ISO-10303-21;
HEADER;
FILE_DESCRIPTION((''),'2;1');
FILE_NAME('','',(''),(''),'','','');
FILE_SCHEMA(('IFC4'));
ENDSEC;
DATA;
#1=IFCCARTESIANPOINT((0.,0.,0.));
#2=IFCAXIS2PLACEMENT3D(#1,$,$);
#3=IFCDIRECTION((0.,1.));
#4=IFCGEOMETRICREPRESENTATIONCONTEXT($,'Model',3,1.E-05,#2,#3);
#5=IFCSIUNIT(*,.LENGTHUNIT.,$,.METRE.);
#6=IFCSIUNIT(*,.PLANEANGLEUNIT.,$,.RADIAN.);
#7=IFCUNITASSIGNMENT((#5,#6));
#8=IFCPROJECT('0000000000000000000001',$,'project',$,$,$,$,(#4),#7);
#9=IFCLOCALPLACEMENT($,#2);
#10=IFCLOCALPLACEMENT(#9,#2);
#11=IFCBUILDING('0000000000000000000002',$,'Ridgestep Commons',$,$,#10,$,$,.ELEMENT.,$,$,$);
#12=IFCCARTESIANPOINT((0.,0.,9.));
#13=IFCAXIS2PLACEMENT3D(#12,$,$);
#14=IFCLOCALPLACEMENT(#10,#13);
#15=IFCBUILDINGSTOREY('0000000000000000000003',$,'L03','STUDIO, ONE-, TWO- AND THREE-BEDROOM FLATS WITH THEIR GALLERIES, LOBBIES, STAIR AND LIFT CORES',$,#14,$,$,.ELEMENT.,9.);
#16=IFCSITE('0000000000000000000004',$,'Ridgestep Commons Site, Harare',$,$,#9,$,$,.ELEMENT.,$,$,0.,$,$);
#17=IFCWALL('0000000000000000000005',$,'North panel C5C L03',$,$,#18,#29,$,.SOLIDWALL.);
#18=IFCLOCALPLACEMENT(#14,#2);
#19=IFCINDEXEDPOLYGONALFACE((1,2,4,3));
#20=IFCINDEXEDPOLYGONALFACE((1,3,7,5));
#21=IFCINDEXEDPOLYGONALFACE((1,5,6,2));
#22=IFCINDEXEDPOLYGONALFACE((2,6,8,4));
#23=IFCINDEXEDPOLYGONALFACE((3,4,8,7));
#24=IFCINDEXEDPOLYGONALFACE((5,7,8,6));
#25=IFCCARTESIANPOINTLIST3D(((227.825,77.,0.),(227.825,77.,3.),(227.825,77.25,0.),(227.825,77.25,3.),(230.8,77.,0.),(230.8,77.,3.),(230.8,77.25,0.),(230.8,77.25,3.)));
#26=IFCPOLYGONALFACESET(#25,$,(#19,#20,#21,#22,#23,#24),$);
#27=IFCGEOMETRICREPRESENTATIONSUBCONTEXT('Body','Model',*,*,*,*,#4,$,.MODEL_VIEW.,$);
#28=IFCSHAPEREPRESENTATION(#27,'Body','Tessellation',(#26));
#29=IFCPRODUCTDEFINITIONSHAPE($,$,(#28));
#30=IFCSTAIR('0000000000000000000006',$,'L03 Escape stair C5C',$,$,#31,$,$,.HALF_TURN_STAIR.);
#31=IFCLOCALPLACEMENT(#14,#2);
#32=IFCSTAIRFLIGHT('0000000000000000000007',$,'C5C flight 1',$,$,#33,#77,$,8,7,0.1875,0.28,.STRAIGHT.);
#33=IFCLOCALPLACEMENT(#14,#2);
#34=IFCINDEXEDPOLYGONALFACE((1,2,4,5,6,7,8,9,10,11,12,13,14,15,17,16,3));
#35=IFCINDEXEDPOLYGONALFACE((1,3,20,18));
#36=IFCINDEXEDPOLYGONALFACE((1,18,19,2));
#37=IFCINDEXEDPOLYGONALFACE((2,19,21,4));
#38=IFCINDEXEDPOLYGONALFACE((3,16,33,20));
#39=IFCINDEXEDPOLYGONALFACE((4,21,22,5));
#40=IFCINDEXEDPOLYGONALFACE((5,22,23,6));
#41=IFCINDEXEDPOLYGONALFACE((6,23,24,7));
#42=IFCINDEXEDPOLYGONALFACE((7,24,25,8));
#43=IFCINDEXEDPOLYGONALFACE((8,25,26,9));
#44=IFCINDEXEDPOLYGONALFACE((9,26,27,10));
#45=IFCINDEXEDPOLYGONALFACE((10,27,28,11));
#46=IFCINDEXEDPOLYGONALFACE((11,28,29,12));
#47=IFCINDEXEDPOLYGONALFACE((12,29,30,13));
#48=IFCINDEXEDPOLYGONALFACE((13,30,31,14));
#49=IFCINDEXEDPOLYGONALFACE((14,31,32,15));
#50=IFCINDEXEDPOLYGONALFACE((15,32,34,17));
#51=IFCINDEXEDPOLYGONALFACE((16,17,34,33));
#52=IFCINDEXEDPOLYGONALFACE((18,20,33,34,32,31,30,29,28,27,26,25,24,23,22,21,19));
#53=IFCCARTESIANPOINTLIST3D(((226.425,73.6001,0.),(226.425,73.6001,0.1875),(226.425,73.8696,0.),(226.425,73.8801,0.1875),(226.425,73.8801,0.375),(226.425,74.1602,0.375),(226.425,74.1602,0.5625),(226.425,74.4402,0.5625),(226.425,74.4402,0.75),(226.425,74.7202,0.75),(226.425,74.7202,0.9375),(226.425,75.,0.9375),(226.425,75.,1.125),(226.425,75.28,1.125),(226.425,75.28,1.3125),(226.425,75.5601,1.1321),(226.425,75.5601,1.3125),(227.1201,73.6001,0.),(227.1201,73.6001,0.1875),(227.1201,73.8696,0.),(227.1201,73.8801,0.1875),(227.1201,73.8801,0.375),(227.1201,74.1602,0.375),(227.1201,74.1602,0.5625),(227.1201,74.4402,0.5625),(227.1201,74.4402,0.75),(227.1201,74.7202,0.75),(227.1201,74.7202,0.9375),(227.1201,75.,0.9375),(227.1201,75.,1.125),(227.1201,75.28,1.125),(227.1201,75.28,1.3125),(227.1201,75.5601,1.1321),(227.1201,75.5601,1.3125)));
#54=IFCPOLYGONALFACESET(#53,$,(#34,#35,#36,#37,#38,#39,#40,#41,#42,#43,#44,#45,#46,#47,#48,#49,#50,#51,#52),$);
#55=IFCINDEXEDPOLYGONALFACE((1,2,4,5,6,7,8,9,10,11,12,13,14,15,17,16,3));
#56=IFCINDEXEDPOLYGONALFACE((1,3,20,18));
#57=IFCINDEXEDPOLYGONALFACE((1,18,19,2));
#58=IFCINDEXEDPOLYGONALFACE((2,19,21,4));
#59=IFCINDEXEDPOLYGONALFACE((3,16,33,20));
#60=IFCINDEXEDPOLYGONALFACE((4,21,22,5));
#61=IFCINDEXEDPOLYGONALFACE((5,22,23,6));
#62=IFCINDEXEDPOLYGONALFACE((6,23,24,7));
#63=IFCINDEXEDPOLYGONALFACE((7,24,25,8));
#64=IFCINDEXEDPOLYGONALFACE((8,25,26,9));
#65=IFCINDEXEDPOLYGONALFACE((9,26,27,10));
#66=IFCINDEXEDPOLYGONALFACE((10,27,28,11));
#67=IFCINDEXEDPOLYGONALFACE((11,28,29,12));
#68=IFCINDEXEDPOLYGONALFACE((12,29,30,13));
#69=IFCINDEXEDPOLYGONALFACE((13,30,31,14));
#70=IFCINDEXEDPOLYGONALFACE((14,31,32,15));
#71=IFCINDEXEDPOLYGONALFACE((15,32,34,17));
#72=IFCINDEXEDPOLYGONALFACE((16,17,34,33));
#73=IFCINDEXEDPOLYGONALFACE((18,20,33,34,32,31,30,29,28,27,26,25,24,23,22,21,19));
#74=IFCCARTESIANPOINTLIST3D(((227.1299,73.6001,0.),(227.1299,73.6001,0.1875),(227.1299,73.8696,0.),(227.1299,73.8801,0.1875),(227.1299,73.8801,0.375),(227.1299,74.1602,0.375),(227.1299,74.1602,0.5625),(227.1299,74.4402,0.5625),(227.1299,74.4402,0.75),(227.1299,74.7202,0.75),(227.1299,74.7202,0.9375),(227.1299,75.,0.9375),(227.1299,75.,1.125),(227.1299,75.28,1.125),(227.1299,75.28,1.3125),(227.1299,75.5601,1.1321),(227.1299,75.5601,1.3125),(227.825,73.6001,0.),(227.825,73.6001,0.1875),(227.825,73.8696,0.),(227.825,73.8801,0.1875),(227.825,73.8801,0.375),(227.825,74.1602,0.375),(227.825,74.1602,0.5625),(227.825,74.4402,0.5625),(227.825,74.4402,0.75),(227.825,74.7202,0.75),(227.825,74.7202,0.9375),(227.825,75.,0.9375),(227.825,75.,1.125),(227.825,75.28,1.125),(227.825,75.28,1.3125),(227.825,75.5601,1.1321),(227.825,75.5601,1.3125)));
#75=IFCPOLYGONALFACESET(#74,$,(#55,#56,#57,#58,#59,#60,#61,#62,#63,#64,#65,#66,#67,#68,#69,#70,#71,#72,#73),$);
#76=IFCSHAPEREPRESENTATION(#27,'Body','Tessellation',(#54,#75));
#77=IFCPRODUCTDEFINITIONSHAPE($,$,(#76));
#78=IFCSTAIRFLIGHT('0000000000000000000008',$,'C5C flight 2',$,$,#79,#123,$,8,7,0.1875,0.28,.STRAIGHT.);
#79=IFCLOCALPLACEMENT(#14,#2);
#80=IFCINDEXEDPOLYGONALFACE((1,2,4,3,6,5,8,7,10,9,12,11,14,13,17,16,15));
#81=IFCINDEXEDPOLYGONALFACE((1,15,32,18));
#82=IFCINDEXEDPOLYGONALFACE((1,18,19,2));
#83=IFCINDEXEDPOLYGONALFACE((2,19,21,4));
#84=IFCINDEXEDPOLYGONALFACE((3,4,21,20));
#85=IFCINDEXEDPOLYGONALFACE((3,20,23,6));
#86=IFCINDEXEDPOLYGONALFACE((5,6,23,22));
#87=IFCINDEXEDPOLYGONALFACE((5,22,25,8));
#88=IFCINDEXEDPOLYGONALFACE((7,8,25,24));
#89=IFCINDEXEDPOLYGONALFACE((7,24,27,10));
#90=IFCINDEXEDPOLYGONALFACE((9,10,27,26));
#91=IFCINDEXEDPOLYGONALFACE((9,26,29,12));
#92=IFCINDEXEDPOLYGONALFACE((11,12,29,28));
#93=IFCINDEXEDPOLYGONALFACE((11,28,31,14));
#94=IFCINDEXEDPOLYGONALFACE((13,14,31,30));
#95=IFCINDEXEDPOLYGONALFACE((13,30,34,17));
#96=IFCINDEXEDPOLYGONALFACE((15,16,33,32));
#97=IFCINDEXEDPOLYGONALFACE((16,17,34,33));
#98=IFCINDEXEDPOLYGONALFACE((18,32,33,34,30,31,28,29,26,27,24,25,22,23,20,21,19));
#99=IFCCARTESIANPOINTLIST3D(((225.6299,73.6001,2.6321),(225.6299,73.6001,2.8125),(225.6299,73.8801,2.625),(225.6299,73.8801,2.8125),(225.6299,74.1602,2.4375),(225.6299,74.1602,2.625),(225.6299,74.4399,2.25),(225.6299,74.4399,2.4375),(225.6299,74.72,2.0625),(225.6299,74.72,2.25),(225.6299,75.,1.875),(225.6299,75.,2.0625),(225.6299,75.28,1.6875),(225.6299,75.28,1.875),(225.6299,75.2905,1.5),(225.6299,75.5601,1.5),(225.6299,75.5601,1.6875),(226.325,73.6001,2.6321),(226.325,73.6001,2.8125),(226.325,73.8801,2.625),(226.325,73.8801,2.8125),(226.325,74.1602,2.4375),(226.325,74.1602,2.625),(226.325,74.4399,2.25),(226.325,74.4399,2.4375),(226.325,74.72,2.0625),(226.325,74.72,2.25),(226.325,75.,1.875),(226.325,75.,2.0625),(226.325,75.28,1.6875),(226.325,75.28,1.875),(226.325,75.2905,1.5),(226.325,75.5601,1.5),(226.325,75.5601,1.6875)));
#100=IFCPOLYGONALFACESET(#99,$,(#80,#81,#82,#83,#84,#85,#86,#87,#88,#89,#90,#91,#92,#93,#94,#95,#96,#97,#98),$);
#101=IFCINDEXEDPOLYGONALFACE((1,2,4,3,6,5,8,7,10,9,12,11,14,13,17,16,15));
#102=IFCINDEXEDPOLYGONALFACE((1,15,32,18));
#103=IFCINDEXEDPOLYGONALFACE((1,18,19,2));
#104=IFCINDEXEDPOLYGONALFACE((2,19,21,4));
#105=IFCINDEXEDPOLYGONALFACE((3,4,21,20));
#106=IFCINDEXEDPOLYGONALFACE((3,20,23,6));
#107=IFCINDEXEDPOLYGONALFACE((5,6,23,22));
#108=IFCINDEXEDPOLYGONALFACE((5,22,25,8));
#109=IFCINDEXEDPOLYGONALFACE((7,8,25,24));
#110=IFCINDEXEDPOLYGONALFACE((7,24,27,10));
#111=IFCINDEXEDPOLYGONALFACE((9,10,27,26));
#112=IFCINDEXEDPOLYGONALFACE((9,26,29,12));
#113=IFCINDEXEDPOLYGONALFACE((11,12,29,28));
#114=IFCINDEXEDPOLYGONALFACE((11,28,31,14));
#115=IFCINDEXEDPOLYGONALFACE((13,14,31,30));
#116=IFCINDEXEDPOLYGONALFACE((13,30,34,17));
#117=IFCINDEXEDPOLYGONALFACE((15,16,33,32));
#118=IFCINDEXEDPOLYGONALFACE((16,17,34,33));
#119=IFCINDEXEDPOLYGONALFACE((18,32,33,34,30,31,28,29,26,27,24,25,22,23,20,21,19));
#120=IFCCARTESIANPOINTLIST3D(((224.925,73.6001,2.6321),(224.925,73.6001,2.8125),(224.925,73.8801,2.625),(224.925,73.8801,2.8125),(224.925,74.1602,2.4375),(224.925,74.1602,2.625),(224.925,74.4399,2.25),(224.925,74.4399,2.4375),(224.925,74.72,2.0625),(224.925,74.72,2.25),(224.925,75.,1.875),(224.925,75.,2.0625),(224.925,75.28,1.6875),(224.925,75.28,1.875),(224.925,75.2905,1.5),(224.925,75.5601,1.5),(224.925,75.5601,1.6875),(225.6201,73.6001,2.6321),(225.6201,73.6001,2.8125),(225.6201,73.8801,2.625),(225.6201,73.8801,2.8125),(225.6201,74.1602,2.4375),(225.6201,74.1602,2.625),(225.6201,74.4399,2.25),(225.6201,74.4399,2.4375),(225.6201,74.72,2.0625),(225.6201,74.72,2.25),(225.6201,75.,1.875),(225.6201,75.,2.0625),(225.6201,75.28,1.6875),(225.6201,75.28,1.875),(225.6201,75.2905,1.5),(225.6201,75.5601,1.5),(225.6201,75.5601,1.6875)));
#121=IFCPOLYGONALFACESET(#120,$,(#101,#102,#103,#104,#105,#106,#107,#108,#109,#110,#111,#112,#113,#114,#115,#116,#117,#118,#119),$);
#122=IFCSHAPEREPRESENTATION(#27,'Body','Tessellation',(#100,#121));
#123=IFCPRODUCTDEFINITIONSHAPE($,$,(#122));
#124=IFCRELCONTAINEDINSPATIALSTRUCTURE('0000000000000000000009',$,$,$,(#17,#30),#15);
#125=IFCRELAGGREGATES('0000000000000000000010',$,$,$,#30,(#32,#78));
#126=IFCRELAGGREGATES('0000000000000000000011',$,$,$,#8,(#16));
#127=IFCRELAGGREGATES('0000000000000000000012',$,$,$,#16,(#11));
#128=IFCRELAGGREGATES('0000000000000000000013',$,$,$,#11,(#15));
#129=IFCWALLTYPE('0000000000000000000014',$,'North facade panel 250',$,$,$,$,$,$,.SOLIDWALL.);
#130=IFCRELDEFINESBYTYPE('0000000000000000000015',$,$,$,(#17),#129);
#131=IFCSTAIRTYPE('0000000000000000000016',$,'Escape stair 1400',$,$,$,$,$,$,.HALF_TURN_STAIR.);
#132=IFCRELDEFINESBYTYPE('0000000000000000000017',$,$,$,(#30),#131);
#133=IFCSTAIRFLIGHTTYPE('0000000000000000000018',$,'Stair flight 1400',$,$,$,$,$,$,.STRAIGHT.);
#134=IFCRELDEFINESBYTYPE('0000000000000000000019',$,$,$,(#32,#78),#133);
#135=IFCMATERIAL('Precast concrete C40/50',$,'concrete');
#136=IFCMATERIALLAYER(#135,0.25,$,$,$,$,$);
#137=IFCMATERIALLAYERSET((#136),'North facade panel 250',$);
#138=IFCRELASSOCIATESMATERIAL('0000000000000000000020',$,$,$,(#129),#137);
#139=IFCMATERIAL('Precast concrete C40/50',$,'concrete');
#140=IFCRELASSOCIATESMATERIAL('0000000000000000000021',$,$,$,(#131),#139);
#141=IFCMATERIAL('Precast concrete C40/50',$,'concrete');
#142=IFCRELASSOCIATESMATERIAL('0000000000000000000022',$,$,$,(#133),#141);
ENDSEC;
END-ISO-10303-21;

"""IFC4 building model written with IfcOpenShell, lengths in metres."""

from ifc_helpers import new_model, si_unit, direction, frame, frame_2d, origin, place, context, subcontext, project, spatial, polyline, rectangle, outline, extrude, material, layer, layer_set, type_object, element, aggregate, save


model = new_model("IFC4")

# Units and contexts
model_context = context("Model", 3, precision=1e-05, world=origin(), true_north=direction((0.0, 1.0)))
body_context = subcontext(model_context, "Body", "Model", "MODEL_VIEW")
ifc_project = project(units=[si_unit("LENGTHUNIT", "METRE"), si_unit("PLANEANGLEUNIT", "RADIAN")], contexts=[model_context])

# Site, building, storey
site_placement = place(None, origin())
site = spatial("IfcSite", under=ifc_project, at=site_placement, Name="Ridgestep Commons Site, Harare", CompositionType="ELEMENT", RefElevation=0.0)
building_placement = place(site_placement, origin())
building = spatial("IfcBuilding", under=site, at=building_placement, Name="Ridgestep Commons", CompositionType="ELEMENT")
storey_placement = place(building_placement, frame((0.0, 0.0, 9.0)))
storey = spatial("IfcBuildingStorey", under=building, at=storey_placement, Name="L03", Description="STUDIO, ONE-, TWO- AND THREE-BEDROOM FLATS WITH THEIR GALLERIES, LOBBIES, STAIR AND LIFT CORES", CompositionType="ELEMENT", Elevation=9.0)

# Wall
ifc_material_1 = material(Name="Precast concrete C40/50", Category="concrete")
ifc_layer_1 = layer(ifc_material_1, 0.25)
ifc_layer_set_1 = layer_set([ifc_layer_1], Name="North facade panel 250")
wall_type_1 = type_object("IfcWallType", Name="North facade panel 250", PredefinedType="SOLIDWALL", material=ifc_layer_set_1)
wall_1_placement = place(storey_placement, frame((227.825, 77.125, 0.0), z_axis=(0.0, 0.0, 1.0), x_axis=(1.0, 0.0, 0.0)))
element("IfcWall", 1, at=wall_1_placement, inside=storey, type_object=wall_type_1, Name="North panel C5C L03", PredefinedType="SOLIDWALL", context=body_context, shape_type="SweptSolid", body=[
    extrude(rectangle(XDim=2.9751, YDim=0.25, at=frame_2d((1.4875, 0.0))), origin(), (0.0, 0.0, 1.0), 3.0),
])

# Stair, stair flights
ifc_material_2 = material(Name="Precast concrete C40/50", Category="concrete")
stair_type = type_object("IfcStairType", Name="Escape stair 1400", PredefinedType="HALF_TURN_STAIR", material=ifc_material_2)
stair_placement = place(storey_placement, origin())
stair = element("IfcStair", 2, at=stair_placement, inside=storey, type_object=stair_type, Name="L03 Escape stair C5C", PredefinedType="HALF_TURN_STAIR")
ifc_material_3 = material(Name="Precast concrete C40/50", Category="concrete")
stair_flight_type = type_object("IfcStairFlightType", Name="Stair flight 1400", PredefinedType="STRAIGHT", material=ifc_material_3)
stair_flight_1_placement = place(storey_placement, frame((227.125, 73.6001, 0.0), z_axis=(0.0, 0.0, 1.0), x_axis=(0.0, 1.0, 0.0)))
stair_flight_1 = element("IfcStairFlight", 3, at=stair_flight_1_placement, type_object=stair_flight_type, Name="C5C flight 1", NumberOfRisers=8, NumberOfTreads=7, PredefinedType="STRAIGHT", RiserHeight=0.1875, TreadLength=0.28, context=body_context, shape_type="SweptSolid", body=[
    extrude(outline(polyline([(0.0, 0.0), (0.0, 0.1875), (0.28, 0.1875), (0.28, 0.375), (0.5601, 0.375), (0.5601, 0.5625), (0.8401, 0.5625), (0.8401, 0.75), (1.1201, 0.75), (1.1201, 0.9375), (1.3999, 0.9375), (1.3999, 1.125), (1.6799, 1.125), (1.6799, 1.3125), (1.96, 1.3125), (1.96, 1.5), (1.96, 1.1321), (0.2695, 0.0), (0.0, 0.0)])), frame((0.0, 0.7, 0.0), z_axis=(0.0, -1.0, 0.0), x_axis=(1.0, 0.0, 0.0)), (0.0, 0.0, 1.0), 0.6951),
    extrude(outline(polyline([(0.0, 0.0), (0.0, 0.1875), (0.28, 0.1875), (0.28, 0.375), (0.5601, 0.375), (0.5601, 0.5625), (0.8401, 0.5625), (0.8401, 0.75), (1.1201, 0.75), (1.1201, 0.9375), (1.3999, 0.9375), (1.3999, 1.125), (1.6799, 1.125), (1.6799, 1.3125), (1.96, 1.3125), (1.96, 1.5), (1.96, 1.1321), (0.2695, 0.0), (0.0, 0.0)])), frame((0.0, -0.0049, 0.0), z_axis=(0.0, -1.0, 0.0), x_axis=(1.0, 0.0, 0.0)), (0.0, 0.0, 1.0), 0.6951),
])
stair_flight_2_placement = place(storey_placement, frame((225.625, 75.5601, 1.5), z_axis=(0.0, 0.0, 1.0), x_axis=(0.0, -1.0, 0.0)))
stair_flight_2 = element("IfcStairFlight", 4, at=stair_flight_2_placement, type_object=stair_flight_type, Name="C5C flight 2", NumberOfRisers=8, NumberOfTreads=7, PredefinedType="STRAIGHT", RiserHeight=0.1875, TreadLength=0.28, context=body_context, shape_type="SweptSolid", body=[
    extrude(outline(polyline([(0.0, 0.0), (0.0, 0.1875), (0.28, 0.1875), (0.28, 0.375), (0.5601, 0.375), (0.5601, 0.5625), (0.8401, 0.5625), (0.8401, 0.75), (1.1201, 0.75), (1.1201, 0.9375), (1.3999, 0.9375), (1.3999, 1.125), (1.6799, 1.125), (1.6799, 1.3125), (1.96, 1.3125), (1.96, 1.5), (1.96, 1.1321), (0.2695, 0.0), (0.0, 0.0)])), frame((0.0, 0.7, 0.0), z_axis=(0.0, -1.0, 0.0), x_axis=(1.0, 0.0, 0.0)), (0.0, 0.0, 1.0), 0.6951),
    extrude(outline(polyline([(0.0, 0.0), (0.0, 0.1875), (0.28, 0.1875), (0.28, 0.375), (0.5601, 0.375), (0.5601, 0.5625), (0.8401, 0.5625), (0.8401, 0.75), (1.1201, 0.75), (1.1201, 0.9375), (1.3999, 0.9375), (1.3999, 1.125), (1.6799, 1.125), (1.6799, 1.3125), (1.96, 1.3125), (1.96, 1.5), (1.96, 1.1321), (0.2695, 0.0), (0.0, 0.0)])), frame((0.0, -0.0049, 0.0), z_axis=(0.0, -1.0, 0.0), x_axis=(1.0, 0.0, 0.0)), (0.0, 0.0, 1.0), 0.6951),
])
aggregate(stair, [stair_flight_1, stair_flight_2])

save(model, "model.ifc")
